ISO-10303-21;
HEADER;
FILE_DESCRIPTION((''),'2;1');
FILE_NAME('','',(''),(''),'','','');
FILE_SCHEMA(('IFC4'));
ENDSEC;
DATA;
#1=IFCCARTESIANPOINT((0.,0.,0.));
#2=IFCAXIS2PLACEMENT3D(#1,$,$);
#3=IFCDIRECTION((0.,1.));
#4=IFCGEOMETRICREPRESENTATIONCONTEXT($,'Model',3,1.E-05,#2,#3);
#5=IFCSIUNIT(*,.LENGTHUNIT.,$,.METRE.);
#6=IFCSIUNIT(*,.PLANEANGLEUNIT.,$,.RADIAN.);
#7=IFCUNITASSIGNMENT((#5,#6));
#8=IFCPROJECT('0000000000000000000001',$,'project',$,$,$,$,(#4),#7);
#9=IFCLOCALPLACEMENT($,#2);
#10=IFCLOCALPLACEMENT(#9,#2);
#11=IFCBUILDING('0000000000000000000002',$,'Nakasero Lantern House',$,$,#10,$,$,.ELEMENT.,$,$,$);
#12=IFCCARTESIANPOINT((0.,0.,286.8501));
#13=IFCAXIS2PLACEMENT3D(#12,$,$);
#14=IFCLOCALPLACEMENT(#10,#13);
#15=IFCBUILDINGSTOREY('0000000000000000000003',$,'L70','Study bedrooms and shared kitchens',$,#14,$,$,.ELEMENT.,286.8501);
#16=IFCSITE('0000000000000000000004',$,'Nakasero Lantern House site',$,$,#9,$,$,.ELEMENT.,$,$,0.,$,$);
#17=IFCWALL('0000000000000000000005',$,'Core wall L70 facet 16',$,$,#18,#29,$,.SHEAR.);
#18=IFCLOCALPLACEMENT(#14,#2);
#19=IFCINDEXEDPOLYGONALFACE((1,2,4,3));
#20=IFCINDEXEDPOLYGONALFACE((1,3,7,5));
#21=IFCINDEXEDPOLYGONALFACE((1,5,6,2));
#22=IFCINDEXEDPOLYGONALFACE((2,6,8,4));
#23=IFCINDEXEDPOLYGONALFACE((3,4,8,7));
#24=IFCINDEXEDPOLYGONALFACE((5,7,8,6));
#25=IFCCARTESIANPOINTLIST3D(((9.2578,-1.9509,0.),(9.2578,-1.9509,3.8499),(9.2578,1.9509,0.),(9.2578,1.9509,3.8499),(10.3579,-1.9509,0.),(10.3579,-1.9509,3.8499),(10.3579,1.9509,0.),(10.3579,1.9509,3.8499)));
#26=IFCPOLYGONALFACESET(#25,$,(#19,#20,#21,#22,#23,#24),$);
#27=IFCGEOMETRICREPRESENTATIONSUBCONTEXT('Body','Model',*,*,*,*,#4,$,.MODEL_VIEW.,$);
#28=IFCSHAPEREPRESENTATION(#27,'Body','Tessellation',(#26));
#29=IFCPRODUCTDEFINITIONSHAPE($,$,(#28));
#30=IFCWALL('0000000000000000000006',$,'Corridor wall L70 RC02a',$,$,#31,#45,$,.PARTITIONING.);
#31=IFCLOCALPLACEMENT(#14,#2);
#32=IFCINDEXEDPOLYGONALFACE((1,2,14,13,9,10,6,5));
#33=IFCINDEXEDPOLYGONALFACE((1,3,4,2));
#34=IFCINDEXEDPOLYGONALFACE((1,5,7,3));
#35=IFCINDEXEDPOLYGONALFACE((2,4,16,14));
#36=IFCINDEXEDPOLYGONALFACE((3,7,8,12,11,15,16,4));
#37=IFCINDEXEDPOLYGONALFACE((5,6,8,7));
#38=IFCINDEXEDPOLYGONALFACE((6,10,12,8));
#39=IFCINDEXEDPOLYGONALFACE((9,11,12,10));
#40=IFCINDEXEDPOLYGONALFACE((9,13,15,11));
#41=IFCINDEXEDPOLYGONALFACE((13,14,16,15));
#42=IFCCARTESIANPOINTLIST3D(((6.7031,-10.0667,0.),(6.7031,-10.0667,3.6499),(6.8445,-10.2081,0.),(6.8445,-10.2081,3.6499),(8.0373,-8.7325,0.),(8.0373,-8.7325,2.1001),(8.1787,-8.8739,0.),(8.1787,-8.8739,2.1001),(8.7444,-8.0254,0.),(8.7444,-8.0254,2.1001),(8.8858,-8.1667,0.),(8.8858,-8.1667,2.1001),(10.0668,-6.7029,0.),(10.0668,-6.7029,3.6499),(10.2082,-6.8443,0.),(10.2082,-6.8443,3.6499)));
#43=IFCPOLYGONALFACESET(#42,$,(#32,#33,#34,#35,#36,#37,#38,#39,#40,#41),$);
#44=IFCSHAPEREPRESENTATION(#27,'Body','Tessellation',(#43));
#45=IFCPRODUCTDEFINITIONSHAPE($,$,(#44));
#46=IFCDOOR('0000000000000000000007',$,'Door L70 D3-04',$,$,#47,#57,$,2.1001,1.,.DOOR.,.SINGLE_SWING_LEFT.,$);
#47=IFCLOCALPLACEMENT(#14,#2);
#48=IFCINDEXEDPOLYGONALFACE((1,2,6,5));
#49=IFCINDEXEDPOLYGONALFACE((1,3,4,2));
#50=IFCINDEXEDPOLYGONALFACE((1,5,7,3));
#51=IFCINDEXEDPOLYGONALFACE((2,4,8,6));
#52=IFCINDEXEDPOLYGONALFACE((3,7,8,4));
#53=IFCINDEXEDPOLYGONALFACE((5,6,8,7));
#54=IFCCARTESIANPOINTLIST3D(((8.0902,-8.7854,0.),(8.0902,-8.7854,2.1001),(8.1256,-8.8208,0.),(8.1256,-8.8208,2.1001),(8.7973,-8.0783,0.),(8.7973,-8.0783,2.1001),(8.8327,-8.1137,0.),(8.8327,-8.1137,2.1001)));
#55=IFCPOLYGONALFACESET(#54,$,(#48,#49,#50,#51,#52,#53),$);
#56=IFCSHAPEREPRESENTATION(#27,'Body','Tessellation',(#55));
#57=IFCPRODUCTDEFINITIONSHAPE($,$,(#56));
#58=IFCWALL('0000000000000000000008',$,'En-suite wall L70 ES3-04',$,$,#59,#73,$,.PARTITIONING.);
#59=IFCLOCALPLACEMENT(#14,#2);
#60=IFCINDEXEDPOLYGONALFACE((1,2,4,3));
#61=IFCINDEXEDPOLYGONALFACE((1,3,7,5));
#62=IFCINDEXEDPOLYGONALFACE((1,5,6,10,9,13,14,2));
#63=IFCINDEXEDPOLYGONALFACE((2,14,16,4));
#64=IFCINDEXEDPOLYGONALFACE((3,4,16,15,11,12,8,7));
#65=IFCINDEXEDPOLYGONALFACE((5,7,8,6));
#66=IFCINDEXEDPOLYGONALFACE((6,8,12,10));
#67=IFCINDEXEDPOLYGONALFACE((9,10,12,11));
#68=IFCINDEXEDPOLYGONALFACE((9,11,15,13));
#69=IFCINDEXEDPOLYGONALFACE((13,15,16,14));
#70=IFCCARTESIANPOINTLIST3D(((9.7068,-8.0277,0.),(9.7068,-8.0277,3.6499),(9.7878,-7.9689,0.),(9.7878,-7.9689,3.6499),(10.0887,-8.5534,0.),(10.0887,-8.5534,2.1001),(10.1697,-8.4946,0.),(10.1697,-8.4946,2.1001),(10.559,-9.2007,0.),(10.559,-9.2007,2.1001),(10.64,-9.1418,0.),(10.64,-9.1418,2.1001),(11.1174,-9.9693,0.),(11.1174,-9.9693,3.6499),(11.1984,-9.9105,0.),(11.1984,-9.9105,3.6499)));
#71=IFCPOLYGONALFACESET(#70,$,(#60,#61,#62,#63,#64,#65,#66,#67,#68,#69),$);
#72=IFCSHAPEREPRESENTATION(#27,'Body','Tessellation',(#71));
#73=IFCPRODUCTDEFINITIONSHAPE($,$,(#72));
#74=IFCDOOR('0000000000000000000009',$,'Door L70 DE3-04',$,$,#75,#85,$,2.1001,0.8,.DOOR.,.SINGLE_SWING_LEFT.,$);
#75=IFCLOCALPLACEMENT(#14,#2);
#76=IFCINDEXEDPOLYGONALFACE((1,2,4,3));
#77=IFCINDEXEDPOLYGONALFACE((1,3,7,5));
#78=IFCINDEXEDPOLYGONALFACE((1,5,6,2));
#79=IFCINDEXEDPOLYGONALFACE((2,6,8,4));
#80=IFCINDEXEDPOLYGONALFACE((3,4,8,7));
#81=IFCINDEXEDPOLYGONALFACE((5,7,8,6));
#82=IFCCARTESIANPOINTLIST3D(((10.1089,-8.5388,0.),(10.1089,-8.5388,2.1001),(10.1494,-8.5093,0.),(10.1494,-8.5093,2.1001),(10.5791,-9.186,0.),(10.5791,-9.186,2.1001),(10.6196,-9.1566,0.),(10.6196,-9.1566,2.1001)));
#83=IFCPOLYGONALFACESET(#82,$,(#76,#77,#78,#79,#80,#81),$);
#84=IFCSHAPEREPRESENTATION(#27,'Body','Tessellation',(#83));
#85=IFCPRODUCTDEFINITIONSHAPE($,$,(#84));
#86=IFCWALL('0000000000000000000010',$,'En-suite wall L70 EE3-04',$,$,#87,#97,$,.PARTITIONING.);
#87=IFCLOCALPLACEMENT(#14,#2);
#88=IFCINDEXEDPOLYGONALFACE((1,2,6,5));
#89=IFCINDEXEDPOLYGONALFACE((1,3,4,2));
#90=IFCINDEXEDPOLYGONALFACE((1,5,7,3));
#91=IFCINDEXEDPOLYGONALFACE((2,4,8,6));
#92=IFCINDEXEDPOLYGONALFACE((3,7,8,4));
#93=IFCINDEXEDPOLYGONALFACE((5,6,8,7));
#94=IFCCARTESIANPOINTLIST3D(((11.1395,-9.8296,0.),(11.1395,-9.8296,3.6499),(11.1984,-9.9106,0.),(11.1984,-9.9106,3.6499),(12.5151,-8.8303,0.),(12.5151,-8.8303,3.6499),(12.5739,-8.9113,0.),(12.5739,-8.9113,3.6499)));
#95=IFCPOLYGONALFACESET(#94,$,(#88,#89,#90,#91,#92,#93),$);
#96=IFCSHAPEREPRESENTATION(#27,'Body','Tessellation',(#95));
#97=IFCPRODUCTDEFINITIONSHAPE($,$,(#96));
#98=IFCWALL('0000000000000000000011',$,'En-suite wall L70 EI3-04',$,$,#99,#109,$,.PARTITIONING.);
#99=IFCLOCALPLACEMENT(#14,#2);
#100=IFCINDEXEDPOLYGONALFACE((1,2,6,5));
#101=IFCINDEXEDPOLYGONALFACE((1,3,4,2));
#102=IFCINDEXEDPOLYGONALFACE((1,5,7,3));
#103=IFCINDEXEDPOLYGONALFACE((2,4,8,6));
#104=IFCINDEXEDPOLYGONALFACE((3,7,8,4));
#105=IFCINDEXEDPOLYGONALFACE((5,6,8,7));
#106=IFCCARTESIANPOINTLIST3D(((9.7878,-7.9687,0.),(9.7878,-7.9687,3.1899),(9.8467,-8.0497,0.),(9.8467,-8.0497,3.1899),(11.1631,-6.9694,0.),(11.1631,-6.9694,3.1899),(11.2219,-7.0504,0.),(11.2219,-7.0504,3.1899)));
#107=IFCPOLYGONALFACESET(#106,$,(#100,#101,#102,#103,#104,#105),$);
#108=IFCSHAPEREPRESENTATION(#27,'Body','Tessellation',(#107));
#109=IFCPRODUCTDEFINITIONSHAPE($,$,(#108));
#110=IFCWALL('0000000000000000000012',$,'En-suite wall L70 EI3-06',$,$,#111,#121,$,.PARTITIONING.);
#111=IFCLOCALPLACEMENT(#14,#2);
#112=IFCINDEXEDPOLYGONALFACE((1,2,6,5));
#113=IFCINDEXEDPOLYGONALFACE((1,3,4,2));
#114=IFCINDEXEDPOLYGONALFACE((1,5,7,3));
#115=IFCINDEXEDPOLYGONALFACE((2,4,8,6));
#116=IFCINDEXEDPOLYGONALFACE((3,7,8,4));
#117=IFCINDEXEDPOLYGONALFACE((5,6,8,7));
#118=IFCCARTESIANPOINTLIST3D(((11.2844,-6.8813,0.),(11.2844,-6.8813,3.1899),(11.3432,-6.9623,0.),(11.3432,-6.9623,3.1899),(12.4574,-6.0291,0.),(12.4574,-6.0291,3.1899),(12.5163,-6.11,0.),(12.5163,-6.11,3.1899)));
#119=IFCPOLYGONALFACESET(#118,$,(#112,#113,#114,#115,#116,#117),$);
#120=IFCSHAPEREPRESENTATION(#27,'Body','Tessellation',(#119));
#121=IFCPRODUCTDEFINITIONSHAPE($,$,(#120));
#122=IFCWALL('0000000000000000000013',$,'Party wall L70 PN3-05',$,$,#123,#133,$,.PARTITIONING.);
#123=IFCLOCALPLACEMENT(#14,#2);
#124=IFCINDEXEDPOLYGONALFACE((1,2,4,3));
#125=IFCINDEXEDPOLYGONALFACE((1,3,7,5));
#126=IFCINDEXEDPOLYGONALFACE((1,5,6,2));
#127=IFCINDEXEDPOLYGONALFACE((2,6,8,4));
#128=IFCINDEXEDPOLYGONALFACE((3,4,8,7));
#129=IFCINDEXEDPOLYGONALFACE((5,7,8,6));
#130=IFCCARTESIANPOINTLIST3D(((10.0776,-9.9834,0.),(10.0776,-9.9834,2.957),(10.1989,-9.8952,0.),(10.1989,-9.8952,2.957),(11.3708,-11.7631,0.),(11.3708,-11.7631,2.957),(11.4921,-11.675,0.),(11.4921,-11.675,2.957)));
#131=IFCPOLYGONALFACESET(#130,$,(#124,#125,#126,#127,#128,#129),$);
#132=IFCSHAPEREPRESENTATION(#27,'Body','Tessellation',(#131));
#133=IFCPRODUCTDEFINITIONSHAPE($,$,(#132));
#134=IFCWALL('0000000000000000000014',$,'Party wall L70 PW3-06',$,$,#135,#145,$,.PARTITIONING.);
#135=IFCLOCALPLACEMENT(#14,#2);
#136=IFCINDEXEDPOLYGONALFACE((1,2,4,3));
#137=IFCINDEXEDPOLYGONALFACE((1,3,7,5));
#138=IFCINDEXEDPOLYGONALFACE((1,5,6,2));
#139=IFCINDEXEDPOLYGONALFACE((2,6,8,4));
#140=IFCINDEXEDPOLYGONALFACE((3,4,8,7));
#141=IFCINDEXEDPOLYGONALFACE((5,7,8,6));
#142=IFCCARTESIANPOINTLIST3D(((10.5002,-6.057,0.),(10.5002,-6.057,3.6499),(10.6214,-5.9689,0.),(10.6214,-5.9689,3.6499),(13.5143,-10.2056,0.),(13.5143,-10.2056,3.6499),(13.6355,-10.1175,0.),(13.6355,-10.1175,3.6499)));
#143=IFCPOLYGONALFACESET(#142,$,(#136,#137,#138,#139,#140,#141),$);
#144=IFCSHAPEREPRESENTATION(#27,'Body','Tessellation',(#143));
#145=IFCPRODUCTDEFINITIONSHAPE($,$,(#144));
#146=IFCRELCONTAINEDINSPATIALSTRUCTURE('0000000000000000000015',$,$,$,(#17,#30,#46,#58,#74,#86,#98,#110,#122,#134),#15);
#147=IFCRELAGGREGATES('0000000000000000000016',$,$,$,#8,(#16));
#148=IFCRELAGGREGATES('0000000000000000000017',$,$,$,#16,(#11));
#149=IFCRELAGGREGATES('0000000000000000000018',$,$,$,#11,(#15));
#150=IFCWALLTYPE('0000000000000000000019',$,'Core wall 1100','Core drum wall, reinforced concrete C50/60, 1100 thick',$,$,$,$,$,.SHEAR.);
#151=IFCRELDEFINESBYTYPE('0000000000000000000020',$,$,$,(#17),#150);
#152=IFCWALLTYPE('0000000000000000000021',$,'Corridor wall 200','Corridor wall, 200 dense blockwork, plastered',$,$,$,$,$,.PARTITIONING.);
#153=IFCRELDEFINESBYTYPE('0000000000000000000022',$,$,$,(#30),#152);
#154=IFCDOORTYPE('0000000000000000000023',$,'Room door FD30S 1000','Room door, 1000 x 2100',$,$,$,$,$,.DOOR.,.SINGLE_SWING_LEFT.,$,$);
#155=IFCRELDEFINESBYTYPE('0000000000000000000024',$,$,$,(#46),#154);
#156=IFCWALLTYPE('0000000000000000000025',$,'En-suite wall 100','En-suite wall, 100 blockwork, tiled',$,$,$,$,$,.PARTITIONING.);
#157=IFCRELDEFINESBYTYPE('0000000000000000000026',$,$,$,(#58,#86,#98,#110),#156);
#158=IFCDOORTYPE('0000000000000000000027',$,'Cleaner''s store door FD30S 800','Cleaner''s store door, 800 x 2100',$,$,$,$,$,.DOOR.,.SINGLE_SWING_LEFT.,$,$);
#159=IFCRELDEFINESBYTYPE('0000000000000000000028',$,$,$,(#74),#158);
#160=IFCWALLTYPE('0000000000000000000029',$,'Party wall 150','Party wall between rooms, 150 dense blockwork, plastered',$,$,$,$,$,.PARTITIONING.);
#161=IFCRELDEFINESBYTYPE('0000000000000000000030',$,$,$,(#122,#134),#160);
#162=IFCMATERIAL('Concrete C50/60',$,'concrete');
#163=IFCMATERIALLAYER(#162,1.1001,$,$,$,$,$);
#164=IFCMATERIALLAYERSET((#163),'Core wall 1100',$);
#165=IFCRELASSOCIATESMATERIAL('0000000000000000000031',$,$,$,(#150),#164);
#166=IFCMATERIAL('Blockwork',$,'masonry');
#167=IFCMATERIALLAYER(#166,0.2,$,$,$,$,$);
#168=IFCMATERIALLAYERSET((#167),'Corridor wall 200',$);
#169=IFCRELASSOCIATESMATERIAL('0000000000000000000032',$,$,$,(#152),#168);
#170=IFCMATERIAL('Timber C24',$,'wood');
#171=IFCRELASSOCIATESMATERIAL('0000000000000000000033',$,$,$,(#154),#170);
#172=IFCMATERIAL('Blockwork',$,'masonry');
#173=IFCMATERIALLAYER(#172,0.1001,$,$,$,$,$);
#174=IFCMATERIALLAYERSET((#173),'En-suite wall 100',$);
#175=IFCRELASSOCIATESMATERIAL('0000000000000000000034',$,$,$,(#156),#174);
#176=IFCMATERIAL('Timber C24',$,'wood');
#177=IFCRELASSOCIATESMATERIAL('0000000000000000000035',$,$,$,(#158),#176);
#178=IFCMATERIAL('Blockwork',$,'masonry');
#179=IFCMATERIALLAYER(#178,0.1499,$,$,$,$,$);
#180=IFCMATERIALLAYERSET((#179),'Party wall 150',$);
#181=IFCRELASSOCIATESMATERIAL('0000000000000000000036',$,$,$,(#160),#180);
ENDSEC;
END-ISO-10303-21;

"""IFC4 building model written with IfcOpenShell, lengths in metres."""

from ifc_helpers import new_model, si_unit, direction, frame, frame_2d, origin, place, context, subcontext, project, spatial, rectangle, extrude, material, layer, layer_set, type_object, element, fill, save


model = new_model("IFC4")

# Units and contexts
model_context = context("Model", 3, precision=1e-05, world=origin(), true_north=direction((0.0, 1.0)))
body_context = subcontext(model_context, "Body", "Model", "MODEL_VIEW")
ifc_project = project(units=[si_unit("LENGTHUNIT", "METRE"), si_unit("PLANEANGLEUNIT", "RADIAN")], contexts=[model_context])

# Site, building, storey
site_placement = place(None, origin())
site = spatial("IfcSite", under=ifc_project, at=site_placement, Name="Nakasero Lantern House site", CompositionType="ELEMENT", RefElevation=0.0)
building_placement = place(site_placement, origin())
building = spatial("IfcBuilding", under=site, at=building_placement, Name="Nakasero Lantern House", CompositionType="ELEMENT")
storey_placement = place(building_placement, frame((0.0, 0.0, 286.8501)))
storey = spatial("IfcBuildingStorey", under=building, at=storey_placement, Name="L70", Description="Study bedrooms and shared kitchens", CompositionType="ELEMENT", Elevation=286.8501)

# Wall
ifc_material_1 = material(Name="Concrete C50/60", Category="concrete")
ifc_layer_1 = layer(ifc_material_1, 1.1001)
ifc_layer_set_1 = layer_set([ifc_layer_1], Name="Core wall 1100")
wall_type_1 = type_object("IfcWallType", Name="Core wall 1100", Description="Core drum wall, reinforced concrete C50/60, 1100 thick", PredefinedType="SHEAR", material=ifc_layer_set_1)
wall_1_placement = place(storey_placement, frame((9.8079, -1.9509, 0.0), z_axis=(0.0, 0.0, 1.0), x_axis=(0.0, 1.0, 0.0)))
element("IfcWall", 1, at=wall_1_placement, inside=storey, type_object=wall_type_1, Name="Core wall L70 facet 16", PredefinedType="SHEAR", context=body_context, shape_type="SweptSolid", body=[
    extrude(rectangle(XDim=3.9019, YDim=1.1001, at=frame_2d((1.9509, 0.0))), origin(), (0.0, 0.0, 1.0), 3.8499),
])

# Walls, openings, doors
ifc_material_2 = material(Name="Blockwork", Category="masonry")
ifc_layer_2 = layer(ifc_material_2, 0.2)
ifc_layer_set_2 = layer_set([ifc_layer_2], Name="Corridor wall 200")
wall_type_2 = type_object("IfcWallType", Name="Corridor wall 200", Description="Corridor wall, 200 dense blockwork, plastered", PredefinedType="PARTITIONING", material=ifc_layer_set_2)
wall_2_placement = place(storey_placement, frame((10.1375, -6.7737, 0.0), z_axis=(0.0, 0.0, 1.0), x_axis=(-0.707107, -0.707107, 0.0)))
wall_2 = element("IfcWall", 2, at=wall_2_placement, inside=storey, type_object=wall_type_2, Name="Corridor wall L70 RC02a", PredefinedType="PARTITIONING", context=body_context, shape_type="SweptSolid", body=[
    extrude(rectangle(XDim=4.7571, YDim=0.2, at=frame_2d((2.3784, 0.0))), origin(), (0.0, 0.0, 1.0), 3.6499),
])
opening_1_placement = place(wall_2_placement, frame((1.8701, 0.0, 0.0)))
opening_1 = element("IfcOpeningElement", 3, at=opening_1_placement, cuts=wall_2, PredefinedType="OPENING", context=body_context, shape_type="SweptSolid", body=[
    extrude(rectangle(XDim=1.0, YDim=2.1001, at=frame_2d((0.5, 1.05))), frame((0.0, 0.1199, 0.0), z_axis=(0.0, -1.0, 0.0), x_axis=(1.0, 0.0, 0.0)), (0.0, 0.0, 1.0), 0.24),
])
ifc_material_3 = material(Name="Timber C24", Category="wood")
door_type_1 = type_object("IfcDoorType", Name="Room door FD30S 1000", Description="Room door, 1000 x 2100", OperationType="SINGLE_SWING_LEFT", PredefinedType="DOOR", material=ifc_material_3)
door_1_placement = place(opening_1_placement, origin())
door_1 = element("IfcDoor", 4, at=door_1_placement, inside=storey, type_object=door_type_1, Name="Door L70 D3-04", OperationType="SINGLE_SWING_LEFT", OverallHeight=2.1001, OverallWidth=1.0, PredefinedType="DOOR", context=body_context, shape_type="SweptSolid", body=[
    extrude(rectangle(XDim=1.0, YDim=2.1001, at=frame_2d((0.5, 1.05))), frame((0.0, 0.0249, 0.0), z_axis=(0.0, -1.0, 0.0), x_axis=(1.0, 0.0, 0.0)), (0.0, 0.0, 1.0), 0.05),
])
fill(opening_1, door_1)
ifc_material_4 = material(Name="Blockwork", Category="masonry")
ifc_layer_3 = layer(ifc_material_4, 0.1001)
ifc_layer_set_3 = layer_set([ifc_layer_3], Name="En-suite wall 100")
wall_type_3 = type_object("IfcWallType", Name="En-suite wall 100", Description="En-suite wall, 100 blockwork, tiled", PredefinedType="PARTITIONING", material=ifc_layer_set_3)
wall_3_placement = place(storey_placement, frame((9.7473, -7.9983, 0.0), z_axis=(0.0, 0.0, 1.0), x_axis=(0.587772, -0.809026, 0.0)))
wall_3 = element("IfcWall", 5, at=wall_3_placement, inside=storey, type_object=wall_type_3, Name="En-suite wall L70 ES3-04", PredefinedType="PARTITIONING", context=body_context, shape_type="SweptSolid", body=[
    extrude(rectangle(XDim=2.3999, YDim=0.1001, at=frame_2d((1.2, 0.0))), origin(), (0.0, 0.0, 1.0), 3.6499),
])
opening_2_placement = place(wall_3_placement, frame((0.6499, 0.0, 0.0)))
opening_2 = element("IfcOpeningElement", 6, at=opening_2_placement, cuts=wall_3, PredefinedType="OPENING", context=body_context, shape_type="SweptSolid", body=[
    extrude(rectangle(XDim=0.8, YDim=2.1001, at=frame_2d((0.3999, 1.05))), frame((0.0, 0.0701, 0.0), z_axis=(0.0, -1.0, 0.0), x_axis=(1.0, 0.0, 0.0)), (0.0, 0.0, 1.0), 0.1401),
])
ifc_material_5 = material(Name="Timber C24", Category="wood")
door_type_2 = type_object("IfcDoorType", Name="Cleaner's store door FD30S 800", Description="Cleaner's store door, 800 x 2100", OperationType="SINGLE_SWING_LEFT", PredefinedType="DOOR", material=ifc_material_5)
door_2_placement = place(opening_2_placement, origin())
door_2 = element("IfcDoor", 7, at=door_2_placement, inside=storey, type_object=door_type_2, Name="Door L70 DE3-04", OperationType="SINGLE_SWING_LEFT", OverallHeight=2.1001, OverallWidth=0.8, PredefinedType="DOOR", context=body_context, shape_type="SweptSolid", body=[
    extrude(rectangle(XDim=0.8, YDim=2.1001, at=frame_2d((0.3999, 1.05))), frame((0.0, 0.0249, 0.0), z_axis=(0.0, -1.0, 0.0), x_axis=(1.0, 0.0, 0.0)), (0.0, 0.0, 1.0), 0.05),
])
fill(opening_2, door_2)

# Walls
wall_4_placement = place(storey_placement, frame((11.1689, -9.8701, 0.0), z_axis=(0.0, 0.0, 1.0), x_axis=(0.80904, 0.587753, 0.0)))
element("IfcWall", 8, at=wall_4_placement, inside=storey, type_object=wall_type_3, Name="En-suite wall L70 EE3-04", PredefinedType="PARTITIONING", context=body_context, shape_type="SweptSolid", body=[
    extrude(rectangle(XDim=1.7002, YDim=0.1001, at=frame_2d((0.8501, 0.0))), origin(), (0.0, 0.0, 1.0), 3.6499),
])
wall_5_placement = place(storey_placement, frame((9.8171, -8.0093, 0.0), z_axis=(0.0, 0.0, 1.0), x_axis=(0.808991, 0.587822, 0.0)))
element("IfcWall", 9, at=wall_5_placement, inside=storey, type_object=wall_type_3, Name="En-suite wall L70 EI3-04", PredefinedType="PARTITIONING", context=body_context, shape_type="SweptSolid", body=[
    extrude(rectangle(XDim=1.7, YDim=0.1001, at=frame_2d((0.8501, 0.0))), origin(), (0.0, 0.0, 1.0), 3.1899),
])
wall_6_placement = place(storey_placement, frame((11.3137, -6.9219, 0.0), z_axis=(0.0, 0.0, 1.0), x_axis=(0.80902, 0.587781, 0.0)))
element("IfcWall", 10, at=wall_6_placement, inside=storey, type_object=wall_type_3, Name="En-suite wall L70 EI3-06", PredefinedType="PARTITIONING", context=body_context, shape_type="SweptSolid", body=[
    extrude(rectangle(XDim=1.45, YDim=0.1001, at=frame_2d((0.7251, 0.0))), origin(), (0.0, 0.0, 1.0), 3.1899),
])
ifc_material_6 = material(Name="Blockwork", Category="masonry")
ifc_layer_4 = layer(ifc_material_6, 0.1499)
ifc_layer_set_4 = layer_set([ifc_layer_4], Name="Party wall 150")
wall_type_4 = type_object("IfcWallType", Name="Party wall 150", Description="Party wall between rooms, 150 dense blockwork, plastered", PredefinedType="PARTITIONING", material=ifc_layer_set_4)
wall_7_placement = place(storey_placement, frame((10.1382, -9.9392, 0.0), z_axis=(0.0, 0.0, 1.0), x_axis=(0.587822, -0.80899, 0.0)))
element("IfcWall", 11, at=wall_7_placement, inside=storey, type_object=wall_type_4, Name="Party wall L70 PN3-05", PredefinedType="PARTITIONING", context=body_context, shape_type="SweptSolid", body=[
    extrude(rectangle(XDim=2.2, YDim=0.1499, at=frame_2d((1.1001, 0.0))), origin(), (0.0, 0.0, 1.0), 2.957),
])
wall_8_placement = place(storey_placement, frame((10.5608, -6.0129, 0.0), z_axis=(0.0, 0.0, 1.0), x_axis=(0.587781, -0.80902, 0.0)))
element("IfcWall", 12, at=wall_8_placement, inside=storey, type_object=wall_type_4, Name="Party wall L70 PW3-06", PredefinedType="PARTITIONING", context=body_context, shape_type="SweptSolid", body=[
    extrude(rectangle(XDim=5.1279, YDim=0.1499, at=frame_2d((2.564, 0.0))), origin(), (0.0, 0.0, 1.0), 3.6499),
])

save(model, "model.ifc")
